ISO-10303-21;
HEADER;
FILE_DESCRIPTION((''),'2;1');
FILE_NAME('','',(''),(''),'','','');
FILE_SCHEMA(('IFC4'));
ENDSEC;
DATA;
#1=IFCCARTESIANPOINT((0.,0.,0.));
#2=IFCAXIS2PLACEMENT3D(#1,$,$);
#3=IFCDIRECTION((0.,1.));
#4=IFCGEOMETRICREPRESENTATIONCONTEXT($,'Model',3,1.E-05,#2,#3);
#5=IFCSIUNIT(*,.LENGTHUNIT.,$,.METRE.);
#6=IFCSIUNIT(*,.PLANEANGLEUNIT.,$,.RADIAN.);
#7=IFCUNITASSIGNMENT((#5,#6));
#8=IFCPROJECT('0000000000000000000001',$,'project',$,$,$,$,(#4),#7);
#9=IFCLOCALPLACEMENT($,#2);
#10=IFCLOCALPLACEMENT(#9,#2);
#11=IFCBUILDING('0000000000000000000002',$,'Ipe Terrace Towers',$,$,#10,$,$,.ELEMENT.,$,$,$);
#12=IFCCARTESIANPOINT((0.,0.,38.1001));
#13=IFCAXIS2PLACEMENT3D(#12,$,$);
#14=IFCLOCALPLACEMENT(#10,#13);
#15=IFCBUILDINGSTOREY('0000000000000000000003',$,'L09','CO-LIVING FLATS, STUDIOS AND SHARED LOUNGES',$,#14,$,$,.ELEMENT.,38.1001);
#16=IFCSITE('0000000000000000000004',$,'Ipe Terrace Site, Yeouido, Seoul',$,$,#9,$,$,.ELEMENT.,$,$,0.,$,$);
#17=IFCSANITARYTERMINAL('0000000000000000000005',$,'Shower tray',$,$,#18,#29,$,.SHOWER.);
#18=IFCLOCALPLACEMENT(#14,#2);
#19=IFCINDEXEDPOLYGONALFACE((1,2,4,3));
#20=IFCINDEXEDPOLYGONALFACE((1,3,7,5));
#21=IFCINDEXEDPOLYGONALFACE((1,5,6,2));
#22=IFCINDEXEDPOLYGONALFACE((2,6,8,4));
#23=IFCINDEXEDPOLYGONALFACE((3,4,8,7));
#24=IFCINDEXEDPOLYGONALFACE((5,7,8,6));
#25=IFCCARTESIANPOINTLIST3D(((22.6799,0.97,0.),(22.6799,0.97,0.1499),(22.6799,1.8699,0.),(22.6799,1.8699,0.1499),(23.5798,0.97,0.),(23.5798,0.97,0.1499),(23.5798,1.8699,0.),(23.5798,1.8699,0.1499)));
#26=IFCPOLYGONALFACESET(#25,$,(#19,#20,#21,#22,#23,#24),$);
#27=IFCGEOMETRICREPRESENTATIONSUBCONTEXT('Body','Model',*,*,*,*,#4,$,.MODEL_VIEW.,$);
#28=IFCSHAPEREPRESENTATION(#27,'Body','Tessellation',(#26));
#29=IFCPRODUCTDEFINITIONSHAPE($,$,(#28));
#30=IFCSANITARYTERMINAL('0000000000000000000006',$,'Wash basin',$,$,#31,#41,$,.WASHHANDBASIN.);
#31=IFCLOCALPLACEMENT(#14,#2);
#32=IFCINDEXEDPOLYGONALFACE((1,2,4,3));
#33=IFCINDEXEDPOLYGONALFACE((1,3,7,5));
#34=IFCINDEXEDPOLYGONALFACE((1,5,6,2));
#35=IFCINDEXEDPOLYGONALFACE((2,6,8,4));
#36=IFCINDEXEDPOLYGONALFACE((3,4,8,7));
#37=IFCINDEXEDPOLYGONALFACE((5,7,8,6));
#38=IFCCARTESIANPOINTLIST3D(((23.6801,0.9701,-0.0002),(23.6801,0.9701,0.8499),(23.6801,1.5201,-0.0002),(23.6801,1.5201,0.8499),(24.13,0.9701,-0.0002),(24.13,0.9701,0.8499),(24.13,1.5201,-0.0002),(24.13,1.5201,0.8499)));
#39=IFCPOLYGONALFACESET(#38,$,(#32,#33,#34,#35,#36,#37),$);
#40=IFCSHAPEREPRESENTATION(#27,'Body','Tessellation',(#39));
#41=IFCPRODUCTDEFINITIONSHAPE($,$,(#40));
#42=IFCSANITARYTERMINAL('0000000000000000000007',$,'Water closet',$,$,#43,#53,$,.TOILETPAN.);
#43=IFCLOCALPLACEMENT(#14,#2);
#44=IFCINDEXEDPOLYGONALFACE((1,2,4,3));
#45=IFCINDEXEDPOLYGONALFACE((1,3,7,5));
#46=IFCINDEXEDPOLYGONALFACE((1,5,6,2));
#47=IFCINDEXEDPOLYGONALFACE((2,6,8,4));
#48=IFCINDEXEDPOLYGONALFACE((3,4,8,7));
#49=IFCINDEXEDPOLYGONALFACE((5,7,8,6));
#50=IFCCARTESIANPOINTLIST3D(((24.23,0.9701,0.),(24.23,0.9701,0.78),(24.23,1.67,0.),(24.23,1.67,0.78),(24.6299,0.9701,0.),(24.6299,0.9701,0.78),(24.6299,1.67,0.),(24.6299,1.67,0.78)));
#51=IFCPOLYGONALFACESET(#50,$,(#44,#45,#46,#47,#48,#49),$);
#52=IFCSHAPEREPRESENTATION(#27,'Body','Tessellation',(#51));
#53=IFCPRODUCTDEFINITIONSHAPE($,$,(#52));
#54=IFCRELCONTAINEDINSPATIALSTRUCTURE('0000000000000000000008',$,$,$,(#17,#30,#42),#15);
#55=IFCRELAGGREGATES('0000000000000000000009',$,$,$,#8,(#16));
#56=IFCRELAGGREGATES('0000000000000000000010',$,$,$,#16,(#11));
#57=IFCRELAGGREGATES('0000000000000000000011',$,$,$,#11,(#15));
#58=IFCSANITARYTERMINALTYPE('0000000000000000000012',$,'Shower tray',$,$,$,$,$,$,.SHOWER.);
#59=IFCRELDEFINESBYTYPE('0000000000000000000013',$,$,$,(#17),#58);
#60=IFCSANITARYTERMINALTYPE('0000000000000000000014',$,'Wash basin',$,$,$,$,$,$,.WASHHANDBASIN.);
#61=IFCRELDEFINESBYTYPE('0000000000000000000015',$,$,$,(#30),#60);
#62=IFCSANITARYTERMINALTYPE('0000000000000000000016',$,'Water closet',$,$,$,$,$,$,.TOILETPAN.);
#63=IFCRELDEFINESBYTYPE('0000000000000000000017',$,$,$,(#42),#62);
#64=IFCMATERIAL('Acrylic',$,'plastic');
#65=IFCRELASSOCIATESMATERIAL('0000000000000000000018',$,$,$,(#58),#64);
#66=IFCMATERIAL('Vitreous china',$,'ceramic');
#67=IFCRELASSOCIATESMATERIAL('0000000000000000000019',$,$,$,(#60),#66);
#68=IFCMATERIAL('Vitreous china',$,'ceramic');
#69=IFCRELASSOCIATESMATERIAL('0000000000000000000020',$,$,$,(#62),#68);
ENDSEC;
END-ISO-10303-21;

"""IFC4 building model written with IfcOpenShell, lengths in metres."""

from ifc_helpers import new_model, si_unit, direction, frame, origin, origin_2d, place, context, subcontext, project, spatial, rectangle, extrude, material, type_object, element, save


model = new_model("IFC4")

# Units and contexts
model_context = context("Model", 3, precision=1e-05, world=origin(), true_north=direction((0.0, 1.0)))
body_context = subcontext(model_context, "Body", "Model", "MODEL_VIEW")
ifc_project = project(units=[si_unit("LENGTHUNIT", "METRE"), si_unit("PLANEANGLEUNIT", "RADIAN")], contexts=[model_context])

# Site, building, storey
site_placement = place(None, origin())
site = spatial("IfcSite", under=ifc_project, at=site_placement, Name="Ipe Terrace Site, Yeouido, Seoul", CompositionType="ELEMENT", RefElevation=0.0)
building_placement = place(site_placement, origin())
building = spatial("IfcBuilding", under=site, at=building_placement, Name="Ipe Terrace Towers", CompositionType="ELEMENT")
storey_placement = place(building_placement, frame((0.0, 0.0, 38.1001)))
storey = spatial("IfcBuildingStorey", under=building, at=storey_placement, Name="L09", Description="CO-LIVING FLATS, STUDIOS AND SHARED LOUNGES", CompositionType="ELEMENT", Elevation=38.1001)

# Sanitary terminals
ifc_material_1 = material(Name="Acrylic", Category="plastic")
sanitary_terminal_type_1 = type_object("IfcSanitaryTerminalType", Name="Shower tray", PredefinedType="SHOWER", material=ifc_material_1)
sanitary_terminal_1_placement = place(storey_placement, frame((23.1299, 1.4199, 0.0), z_axis=(0.0, 0.0, 1.0), x_axis=(0.0, 1.0, 0.0)))
element("IfcSanitaryTerminal", 1, at=sanitary_terminal_1_placement, inside=storey, type_object=sanitary_terminal_type_1, Name="Shower tray", PredefinedType="SHOWER", context=body_context, shape_type="SweptSolid", body=[
    extrude(rectangle(XDim=0.8999, YDim=0.8999, at=origin_2d()), origin(), (0.0, 0.0, 1.0), 0.1499),
])
ifc_material_2 = material(Name="Vitreous china", Category="ceramic")
sanitary_terminal_type_2 = type_object("IfcSanitaryTerminalType", Name="Wash basin", PredefinedType="WASHHANDBASIN", material=ifc_material_2)
sanitary_terminal_2_placement = place(storey_placement, frame((23.905, 1.2451, -0.0002), z_axis=(0.0, 0.0, 1.0), x_axis=(0.0, 1.0, 0.0)))
element("IfcSanitaryTerminal", 2, at=sanitary_terminal_2_placement, inside=storey, type_object=sanitary_terminal_type_2, Name="Wash basin", PredefinedType="WASHHANDBASIN", context=body_context, shape_type="SweptSolid", body=[
    extrude(rectangle(XDim=0.55, YDim=0.45, at=origin_2d()), origin(), (0.0, 0.0, 1.0), 0.8501),
])
ifc_material_3 = material(Name="Vitreous china", Category="ceramic")
sanitary_terminal_type_3 = type_object("IfcSanitaryTerminalType", Name="Water closet", PredefinedType="TOILETPAN", material=ifc_material_3)
sanitary_terminal_3_placement = place(storey_placement, frame((24.4299, 1.3201, 0.0), z_axis=(0.0, 0.0, 1.0), x_axis=(0.0, 1.0, 0.0)))
element("IfcSanitaryTerminal", 3, at=sanitary_terminal_3_placement, inside=storey, type_object=sanitary_terminal_type_3, Name="Water closet", PredefinedType="TOILETPAN", context=body_context, shape_type="SweptSolid", body=[
    extrude(rectangle(XDim=0.7, YDim=0.3999, at=origin_2d()), origin(), (0.0, 0.0, 1.0), 0.78),
])

save(model, "model.ifc")
